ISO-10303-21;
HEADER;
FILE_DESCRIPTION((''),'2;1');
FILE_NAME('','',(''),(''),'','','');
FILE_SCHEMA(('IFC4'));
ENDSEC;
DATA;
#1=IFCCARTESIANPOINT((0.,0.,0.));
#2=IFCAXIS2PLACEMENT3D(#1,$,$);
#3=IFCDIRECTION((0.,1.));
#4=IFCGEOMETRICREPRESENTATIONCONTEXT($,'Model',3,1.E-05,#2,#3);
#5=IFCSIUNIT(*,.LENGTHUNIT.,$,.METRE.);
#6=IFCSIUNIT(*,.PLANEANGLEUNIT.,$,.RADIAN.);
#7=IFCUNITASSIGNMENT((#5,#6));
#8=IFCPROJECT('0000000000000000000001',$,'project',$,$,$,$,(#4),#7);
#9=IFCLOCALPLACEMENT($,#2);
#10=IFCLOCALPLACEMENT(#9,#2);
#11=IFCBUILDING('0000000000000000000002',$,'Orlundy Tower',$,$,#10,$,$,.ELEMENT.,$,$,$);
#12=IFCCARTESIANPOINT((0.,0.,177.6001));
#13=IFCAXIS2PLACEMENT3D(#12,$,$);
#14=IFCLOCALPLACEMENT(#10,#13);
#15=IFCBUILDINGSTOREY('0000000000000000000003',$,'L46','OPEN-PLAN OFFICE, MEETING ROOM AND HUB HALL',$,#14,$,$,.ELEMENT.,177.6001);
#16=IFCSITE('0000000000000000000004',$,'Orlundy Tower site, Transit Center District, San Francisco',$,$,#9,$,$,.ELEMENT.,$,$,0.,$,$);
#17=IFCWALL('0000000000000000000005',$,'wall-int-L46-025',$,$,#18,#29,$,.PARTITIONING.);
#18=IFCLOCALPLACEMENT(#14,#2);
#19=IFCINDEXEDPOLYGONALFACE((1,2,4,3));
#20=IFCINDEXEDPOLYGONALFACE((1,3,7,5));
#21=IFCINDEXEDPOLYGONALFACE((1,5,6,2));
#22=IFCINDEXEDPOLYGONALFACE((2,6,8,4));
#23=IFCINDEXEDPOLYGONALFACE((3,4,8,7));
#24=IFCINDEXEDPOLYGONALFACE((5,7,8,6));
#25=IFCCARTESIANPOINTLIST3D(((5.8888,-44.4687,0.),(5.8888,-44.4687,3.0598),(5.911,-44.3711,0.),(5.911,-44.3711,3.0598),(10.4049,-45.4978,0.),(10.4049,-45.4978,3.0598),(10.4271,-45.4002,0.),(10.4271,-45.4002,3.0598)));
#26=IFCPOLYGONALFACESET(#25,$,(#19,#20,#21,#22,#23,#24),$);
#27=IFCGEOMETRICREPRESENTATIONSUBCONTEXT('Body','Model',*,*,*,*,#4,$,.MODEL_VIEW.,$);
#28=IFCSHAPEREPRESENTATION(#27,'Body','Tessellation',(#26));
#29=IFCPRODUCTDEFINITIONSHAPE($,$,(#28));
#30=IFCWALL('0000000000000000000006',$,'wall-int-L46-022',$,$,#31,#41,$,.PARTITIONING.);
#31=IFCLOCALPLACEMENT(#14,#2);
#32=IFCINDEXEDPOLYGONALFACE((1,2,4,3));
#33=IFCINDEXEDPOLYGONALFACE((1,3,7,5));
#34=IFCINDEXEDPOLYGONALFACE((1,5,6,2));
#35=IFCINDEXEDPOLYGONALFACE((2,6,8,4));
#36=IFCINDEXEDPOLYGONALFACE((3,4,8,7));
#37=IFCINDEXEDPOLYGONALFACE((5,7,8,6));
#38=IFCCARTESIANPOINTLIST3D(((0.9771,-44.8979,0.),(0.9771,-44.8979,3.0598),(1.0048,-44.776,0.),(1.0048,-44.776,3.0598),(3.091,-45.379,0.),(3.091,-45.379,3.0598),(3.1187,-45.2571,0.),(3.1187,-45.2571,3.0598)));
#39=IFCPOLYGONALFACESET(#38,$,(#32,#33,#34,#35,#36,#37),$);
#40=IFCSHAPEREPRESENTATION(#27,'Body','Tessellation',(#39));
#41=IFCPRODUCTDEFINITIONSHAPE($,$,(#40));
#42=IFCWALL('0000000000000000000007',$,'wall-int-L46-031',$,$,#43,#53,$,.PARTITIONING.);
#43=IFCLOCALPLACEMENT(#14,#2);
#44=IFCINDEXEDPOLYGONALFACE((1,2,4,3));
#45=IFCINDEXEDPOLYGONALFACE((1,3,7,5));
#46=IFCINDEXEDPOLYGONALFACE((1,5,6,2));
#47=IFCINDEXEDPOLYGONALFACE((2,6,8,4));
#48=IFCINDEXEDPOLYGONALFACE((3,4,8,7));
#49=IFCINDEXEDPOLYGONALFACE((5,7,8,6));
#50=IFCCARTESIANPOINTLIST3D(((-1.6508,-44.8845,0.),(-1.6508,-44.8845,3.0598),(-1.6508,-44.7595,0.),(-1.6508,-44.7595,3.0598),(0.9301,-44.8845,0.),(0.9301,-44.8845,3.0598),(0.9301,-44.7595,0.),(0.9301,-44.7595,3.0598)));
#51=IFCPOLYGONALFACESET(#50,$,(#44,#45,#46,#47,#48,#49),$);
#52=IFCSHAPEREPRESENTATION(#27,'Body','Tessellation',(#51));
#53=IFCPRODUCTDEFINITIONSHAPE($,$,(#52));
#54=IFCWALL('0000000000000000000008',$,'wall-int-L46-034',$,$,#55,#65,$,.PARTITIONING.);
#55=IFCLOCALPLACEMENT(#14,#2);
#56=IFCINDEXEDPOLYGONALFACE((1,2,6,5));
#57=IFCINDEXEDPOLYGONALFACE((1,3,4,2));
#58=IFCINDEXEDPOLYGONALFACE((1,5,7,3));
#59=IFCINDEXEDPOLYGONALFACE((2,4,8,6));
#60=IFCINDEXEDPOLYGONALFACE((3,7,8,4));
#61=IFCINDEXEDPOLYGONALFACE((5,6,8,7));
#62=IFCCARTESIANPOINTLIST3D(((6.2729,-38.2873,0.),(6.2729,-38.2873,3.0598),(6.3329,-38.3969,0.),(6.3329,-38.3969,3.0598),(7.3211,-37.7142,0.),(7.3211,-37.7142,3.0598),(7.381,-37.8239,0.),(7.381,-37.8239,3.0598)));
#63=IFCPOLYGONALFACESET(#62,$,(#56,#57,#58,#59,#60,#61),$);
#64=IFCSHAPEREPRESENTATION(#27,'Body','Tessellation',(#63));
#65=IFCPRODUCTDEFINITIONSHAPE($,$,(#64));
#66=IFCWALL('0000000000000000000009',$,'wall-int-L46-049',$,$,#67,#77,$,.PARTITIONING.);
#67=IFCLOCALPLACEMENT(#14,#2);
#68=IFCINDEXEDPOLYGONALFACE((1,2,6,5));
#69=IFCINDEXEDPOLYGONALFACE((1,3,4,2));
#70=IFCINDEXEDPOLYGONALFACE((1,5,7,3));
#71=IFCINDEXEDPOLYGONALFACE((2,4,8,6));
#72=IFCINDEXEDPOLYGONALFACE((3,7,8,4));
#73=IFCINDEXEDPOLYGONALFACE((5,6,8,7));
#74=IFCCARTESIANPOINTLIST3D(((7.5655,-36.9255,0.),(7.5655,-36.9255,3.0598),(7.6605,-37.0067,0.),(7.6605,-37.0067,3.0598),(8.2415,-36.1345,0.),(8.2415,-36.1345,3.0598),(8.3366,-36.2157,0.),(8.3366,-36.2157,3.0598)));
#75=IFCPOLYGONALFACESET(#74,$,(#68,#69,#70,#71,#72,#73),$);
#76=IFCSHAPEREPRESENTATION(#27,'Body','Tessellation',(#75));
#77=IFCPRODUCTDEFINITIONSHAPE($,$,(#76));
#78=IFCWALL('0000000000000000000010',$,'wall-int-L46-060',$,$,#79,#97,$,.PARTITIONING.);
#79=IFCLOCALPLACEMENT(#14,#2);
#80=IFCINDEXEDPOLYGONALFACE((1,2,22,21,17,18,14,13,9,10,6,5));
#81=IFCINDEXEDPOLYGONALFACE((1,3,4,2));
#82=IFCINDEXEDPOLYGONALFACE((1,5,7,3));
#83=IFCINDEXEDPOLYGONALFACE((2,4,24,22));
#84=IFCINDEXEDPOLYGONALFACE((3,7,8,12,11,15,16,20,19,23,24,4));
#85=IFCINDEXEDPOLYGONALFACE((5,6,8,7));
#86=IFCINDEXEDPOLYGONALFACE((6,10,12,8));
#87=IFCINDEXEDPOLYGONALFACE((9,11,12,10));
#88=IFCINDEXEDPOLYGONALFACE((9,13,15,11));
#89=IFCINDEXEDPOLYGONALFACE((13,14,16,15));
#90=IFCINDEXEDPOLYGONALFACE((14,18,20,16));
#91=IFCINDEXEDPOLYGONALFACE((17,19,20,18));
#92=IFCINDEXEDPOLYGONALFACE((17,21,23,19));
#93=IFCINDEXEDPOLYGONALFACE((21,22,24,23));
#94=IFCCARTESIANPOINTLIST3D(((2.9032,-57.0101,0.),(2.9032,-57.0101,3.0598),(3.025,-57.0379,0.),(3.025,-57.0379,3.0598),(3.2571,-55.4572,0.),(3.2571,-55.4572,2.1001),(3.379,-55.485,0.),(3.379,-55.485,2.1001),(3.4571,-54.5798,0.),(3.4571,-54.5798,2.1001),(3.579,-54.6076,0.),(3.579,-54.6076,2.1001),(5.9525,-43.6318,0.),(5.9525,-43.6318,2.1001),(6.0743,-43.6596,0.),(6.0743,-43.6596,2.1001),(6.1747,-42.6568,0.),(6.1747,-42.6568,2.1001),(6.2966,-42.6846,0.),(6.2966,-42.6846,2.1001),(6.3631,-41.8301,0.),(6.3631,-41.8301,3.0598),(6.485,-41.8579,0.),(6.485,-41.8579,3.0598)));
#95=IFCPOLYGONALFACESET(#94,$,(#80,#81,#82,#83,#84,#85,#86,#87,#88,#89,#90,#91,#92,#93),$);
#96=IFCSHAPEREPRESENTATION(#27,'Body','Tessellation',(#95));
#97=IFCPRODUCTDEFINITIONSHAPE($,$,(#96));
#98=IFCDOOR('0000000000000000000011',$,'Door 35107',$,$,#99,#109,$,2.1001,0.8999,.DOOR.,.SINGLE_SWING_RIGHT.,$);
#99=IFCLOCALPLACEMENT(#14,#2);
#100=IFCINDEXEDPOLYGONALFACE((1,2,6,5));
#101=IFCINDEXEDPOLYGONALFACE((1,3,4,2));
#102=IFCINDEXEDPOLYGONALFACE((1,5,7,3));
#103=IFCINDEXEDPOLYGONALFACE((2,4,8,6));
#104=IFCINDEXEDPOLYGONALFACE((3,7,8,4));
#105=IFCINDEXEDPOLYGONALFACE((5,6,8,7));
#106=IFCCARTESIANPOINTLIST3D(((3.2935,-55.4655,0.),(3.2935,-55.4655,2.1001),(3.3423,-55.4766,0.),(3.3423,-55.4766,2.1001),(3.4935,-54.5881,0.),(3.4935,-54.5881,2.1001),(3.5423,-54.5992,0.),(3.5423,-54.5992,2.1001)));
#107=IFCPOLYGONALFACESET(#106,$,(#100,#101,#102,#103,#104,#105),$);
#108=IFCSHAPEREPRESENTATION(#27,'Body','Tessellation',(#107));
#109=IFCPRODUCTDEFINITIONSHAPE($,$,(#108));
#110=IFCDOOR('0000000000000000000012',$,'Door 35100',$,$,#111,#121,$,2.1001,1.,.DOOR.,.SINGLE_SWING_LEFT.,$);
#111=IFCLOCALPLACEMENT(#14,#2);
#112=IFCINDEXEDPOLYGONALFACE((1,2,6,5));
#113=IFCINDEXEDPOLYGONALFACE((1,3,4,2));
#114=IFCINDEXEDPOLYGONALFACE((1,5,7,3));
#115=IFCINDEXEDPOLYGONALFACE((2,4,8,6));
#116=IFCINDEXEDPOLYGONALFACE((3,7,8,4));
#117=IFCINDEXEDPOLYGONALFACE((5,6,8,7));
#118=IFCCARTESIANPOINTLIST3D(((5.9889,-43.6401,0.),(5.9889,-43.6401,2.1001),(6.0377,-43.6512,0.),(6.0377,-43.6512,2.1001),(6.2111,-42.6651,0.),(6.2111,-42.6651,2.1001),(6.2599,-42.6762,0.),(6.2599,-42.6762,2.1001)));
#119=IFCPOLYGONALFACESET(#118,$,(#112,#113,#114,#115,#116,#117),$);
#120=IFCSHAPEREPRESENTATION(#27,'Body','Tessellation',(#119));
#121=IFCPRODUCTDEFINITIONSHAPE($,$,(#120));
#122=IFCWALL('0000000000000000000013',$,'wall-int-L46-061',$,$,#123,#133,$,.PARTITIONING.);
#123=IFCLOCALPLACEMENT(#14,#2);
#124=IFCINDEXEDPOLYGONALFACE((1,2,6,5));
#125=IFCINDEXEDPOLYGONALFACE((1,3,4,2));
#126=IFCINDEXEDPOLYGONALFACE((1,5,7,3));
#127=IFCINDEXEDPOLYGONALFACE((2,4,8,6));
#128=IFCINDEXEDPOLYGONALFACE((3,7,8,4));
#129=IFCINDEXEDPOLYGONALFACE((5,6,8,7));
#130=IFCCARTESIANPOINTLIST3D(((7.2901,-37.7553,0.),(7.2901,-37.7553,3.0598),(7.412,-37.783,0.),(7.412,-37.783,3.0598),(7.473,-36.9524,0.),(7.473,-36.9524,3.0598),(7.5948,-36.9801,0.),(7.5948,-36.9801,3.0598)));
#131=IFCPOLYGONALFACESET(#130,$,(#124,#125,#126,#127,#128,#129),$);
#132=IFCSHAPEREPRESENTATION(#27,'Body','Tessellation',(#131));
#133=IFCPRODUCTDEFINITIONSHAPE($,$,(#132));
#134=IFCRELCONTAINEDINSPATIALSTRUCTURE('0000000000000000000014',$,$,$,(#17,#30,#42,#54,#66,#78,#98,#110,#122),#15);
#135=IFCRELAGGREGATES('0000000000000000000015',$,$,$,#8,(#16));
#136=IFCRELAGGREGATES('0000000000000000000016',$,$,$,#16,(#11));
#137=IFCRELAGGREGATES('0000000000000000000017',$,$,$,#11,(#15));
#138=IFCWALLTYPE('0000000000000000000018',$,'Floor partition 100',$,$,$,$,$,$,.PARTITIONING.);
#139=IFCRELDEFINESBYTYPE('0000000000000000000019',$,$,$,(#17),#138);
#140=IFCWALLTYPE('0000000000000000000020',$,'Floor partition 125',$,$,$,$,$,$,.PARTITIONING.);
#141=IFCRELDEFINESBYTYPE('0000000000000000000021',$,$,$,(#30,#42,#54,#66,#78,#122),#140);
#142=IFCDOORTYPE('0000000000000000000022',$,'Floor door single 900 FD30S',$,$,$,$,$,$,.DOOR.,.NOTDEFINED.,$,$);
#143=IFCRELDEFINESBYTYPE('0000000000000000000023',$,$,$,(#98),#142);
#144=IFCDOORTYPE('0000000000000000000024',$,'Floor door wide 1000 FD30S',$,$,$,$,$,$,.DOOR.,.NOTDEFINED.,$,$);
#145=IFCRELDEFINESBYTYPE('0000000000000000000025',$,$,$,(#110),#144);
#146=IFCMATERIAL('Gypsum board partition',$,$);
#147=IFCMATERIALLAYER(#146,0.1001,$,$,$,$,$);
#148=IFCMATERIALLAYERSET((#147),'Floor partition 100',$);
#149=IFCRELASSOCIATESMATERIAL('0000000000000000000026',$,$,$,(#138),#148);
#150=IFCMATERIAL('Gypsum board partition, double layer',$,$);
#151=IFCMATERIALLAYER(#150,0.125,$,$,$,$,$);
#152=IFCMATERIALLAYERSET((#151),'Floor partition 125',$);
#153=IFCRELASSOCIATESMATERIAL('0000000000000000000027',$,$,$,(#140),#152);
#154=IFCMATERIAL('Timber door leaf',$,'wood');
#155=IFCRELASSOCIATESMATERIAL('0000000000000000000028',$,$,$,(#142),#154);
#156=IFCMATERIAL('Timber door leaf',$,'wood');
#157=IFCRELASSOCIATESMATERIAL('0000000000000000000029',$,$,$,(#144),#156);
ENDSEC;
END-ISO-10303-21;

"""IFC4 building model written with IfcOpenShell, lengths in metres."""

from ifc_helpers import new_model, si_unit, direction, frame, frame_2d, origin, place, context, subcontext, project, spatial, rectangle, extrude, material, layer, layer_set, type_object, element, fill, save


model = new_model("IFC4")

# Units and contexts
model_context = context("Model", 3, precision=1e-05, world=origin(), true_north=direction((0.0, 1.0)))
body_context = subcontext(model_context, "Body", "Model", "MODEL_VIEW")
ifc_project = project(units=[si_unit("LENGTHUNIT", "METRE"), si_unit("PLANEANGLEUNIT", "RADIAN")], contexts=[model_context])

# Site, building, storey
site_placement = place(None, origin())
site = spatial("IfcSite", under=ifc_project, at=site_placement, Name="Orlundy Tower site, Transit Center District, San Francisco", CompositionType="ELEMENT", RefElevation=0.0)
building_placement = place(site_placement, origin())
building = spatial("IfcBuilding", under=site, at=building_placement, Name="Orlundy Tower", CompositionType="ELEMENT")
storey_placement = place(building_placement, frame((0.0, 0.0, 177.6001)))
storey = spatial("IfcBuildingStorey", under=building, at=storey_placement, Name="L46", Description="OPEN-PLAN OFFICE, MEETING ROOM AND HUB HALL", CompositionType="ELEMENT", Elevation=177.6001)

# Walls
ifc_material_1 = material(Name="Gypsum board partition")
ifc_layer_1 = layer(ifc_material_1, 0.1001)
ifc_layer_set_1 = layer_set([ifc_layer_1], Name="Floor partition 100")
wall_type_1 = type_object("IfcWallType", Name="Floor partition 100", PredefinedType="PARTITIONING", material=ifc_layer_set_1)
wall_1_placement = place(storey_placement, frame((5.8999, -44.4199, 0.0), z_axis=(0.0, 0.0, 1.0), x_axis=(0.975008, -0.222168, 0.0)))
element("IfcWall", 1, at=wall_1_placement, inside=storey, type_object=wall_type_1, Name="wall-int-L46-025", PredefinedType="PARTITIONING", context=body_context, shape_type="SweptSolid", body=[
    extrude(rectangle(XDim=4.6318, YDim=0.1001, at=frame_2d((2.3159, 0.0))), origin(), (0.0, 0.0, 1.0), 3.0598),
])
ifc_material_2 = material(Name="Gypsum board partition, double layer")
ifc_layer_2 = layer(ifc_material_2, 0.125)
ifc_layer_set_2 = layer_set([ifc_layer_2], Name="Floor partition 125")
wall_type_2 = type_object("IfcWallType", Name="Floor partition 125", PredefinedType="PARTITIONING", material=ifc_layer_set_2)
wall_2_placement = place(storey_placement, frame((0.991, -44.8369, 0.0), z_axis=(0.0, 0.0, 1.0), x_axis=(0.975059, -0.221947, 0.0)))
element("IfcWall", 2, at=wall_2_placement, inside=storey, type_object=wall_type_2, Name="wall-int-L46-022", PredefinedType="PARTITIONING", context=body_context, shape_type="SweptSolid", body=[
    extrude(rectangle(XDim=2.168, YDim=0.125, at=frame_2d((1.084, 0.0))), origin(), (0.0, 0.0, 1.0), 3.0598),
])
wall_3_placement = place(storey_placement, frame((-1.6509, -44.822, 0.0), z_axis=(0.0, 0.0, 1.0), x_axis=(1.0, 0.0, 0.0)))
element("IfcWall", 3, at=wall_3_placement, inside=storey, type_object=wall_type_2, Name="wall-int-L46-031", PredefinedType="PARTITIONING", context=body_context, shape_type="SweptSolid", body=[
    extrude(rectangle(XDim=2.5808, YDim=0.125, at=frame_2d((1.2905, 0.0))), origin(), (0.0, 0.0, 1.0), 3.0598),
])
wall_4_placement = place(storey_placement, frame((6.303, -38.342, 0.0), z_axis=(0.0, 0.0, 1.0), x_axis=(0.877434, 0.479697, 0.0)))
element("IfcWall", 4, at=wall_4_placement, inside=storey, type_object=wall_type_2, Name="wall-int-L46-034", PredefinedType="PARTITIONING", context=body_context, shape_type="SweptSolid", body=[
    extrude(rectangle(XDim=1.1946, YDim=0.125, at=frame_2d((0.5972, 0.0))), origin(), (0.0, 0.0, 1.0), 3.0598),
])
wall_5_placement = place(storey_placement, frame((7.613, -36.9661, 0.0), z_axis=(0.0, 0.0, 1.0), x_axis=(0.649689, 0.7602, 0.0)))
element("IfcWall", 5, at=wall_5_placement, inside=storey, type_object=wall_type_2, Name="wall-int-L46-049", PredefinedType="PARTITIONING", context=body_context, shape_type="SweptSolid", body=[
    extrude(rectangle(XDim=1.0405, YDim=0.125, at=frame_2d((0.5203, 0.0))), origin(), (0.0, 0.0, 1.0), 3.0598),
])

# Wall, openings, doors
wall_6_placement = place(storey_placement, frame((6.4241, -41.844, 0.0), z_axis=(0.0, 0.0, 1.0), x_axis=(-0.22223, -0.974994, 0.0)))
wall_6 = element("IfcWall", 6, at=wall_6_placement, inside=storey, type_object=wall_type_2, Name="wall-int-L46-060", PredefinedType="PARTITIONING", context=body_context, shape_type="SweptSolid", body=[
    extrude(rectangle(XDim=15.5693, YDim=0.125, at=frame_2d((7.7847, 0.0))), origin(), (0.0, 0.0, 1.0), 3.0598),
])
opening_1_placement = place(wall_6_placement, frame((0.8479, 0.0, 0.0)))
opening_1 = element("IfcOpeningElement", 7, at=opening_1_placement, cuts=wall_6, PredefinedType="OPENING", context=body_context, shape_type="SweptSolid", body=[
    extrude(rectangle(XDim=1.0, YDim=2.1001, at=frame_2d((0.5, 1.05))), frame((0.0, 0.0725, 0.0), z_axis=(0.0, -1.0, 0.0), x_axis=(1.0, 0.0, 0.0)), (0.0, 0.0, 1.0), 0.145),
])
opening_2_placement = place(wall_6_placement, frame((13.0767, 0.0, 0.0)))
opening_2 = element("IfcOpeningElement", 8, at=opening_2_placement, cuts=wall_6, PredefinedType="OPENING", context=body_context, shape_type="SweptSolid", body=[
    extrude(rectangle(XDim=0.8999, YDim=2.1001, at=frame_2d((0.45, 1.05))), frame((0.0, 0.0725, 0.0), z_axis=(0.0, -1.0, 0.0), x_axis=(1.0, 0.0, 0.0)), (0.0, 0.0, 1.0), 0.145),
])
ifc_material_3 = material(Name="Timber door leaf", Category="wood")
door_type_1 = type_object("IfcDoorType", Name="Floor door single 900 FD30S", OperationType="NOTDEFINED", PredefinedType="DOOR", material=ifc_material_3)
door_1_placement = place(opening_2_placement, origin())
door_1 = element("IfcDoor", 9, at=door_1_placement, inside=storey, type_object=door_type_1, Name="Door 35107", OperationType="SINGLE_SWING_RIGHT", OverallHeight=2.1001, OverallWidth=0.8999, PredefinedType="DOOR", context=body_context, shape_type="SweptSolid", body=[
    extrude(rectangle(XDim=0.8999, YDim=2.1001, at=frame_2d((0.45, 1.05))), frame((0.0, 0.0249, 0.0), z_axis=(0.0, -1.0, 0.0), x_axis=(1.0, 0.0, 0.0)), (0.0, 0.0, 1.0), 0.05),
])
fill(opening_2, door_1)
ifc_material_4 = material(Name="Timber door leaf", Category="wood")
door_type_2 = type_object("IfcDoorType", Name="Floor door wide 1000 FD30S", OperationType="NOTDEFINED", PredefinedType="DOOR", material=ifc_material_4)
door_2_placement = place(opening_1_placement, origin())
door_2 = element("IfcDoor", 10, at=door_2_placement, inside=storey, type_object=door_type_2, Name="Door 35100", OperationType="SINGLE_SWING_LEFT", OverallHeight=2.1001, OverallWidth=1.0, PredefinedType="DOOR", context=body_context, shape_type="SweptSolid", body=[
    extrude(rectangle(XDim=1.0, YDim=2.1001, at=frame_2d((0.5, 1.05))), frame((0.0, 0.0249, 0.0), z_axis=(0.0, -1.0, 0.0), x_axis=(1.0, 0.0, 0.0)), (0.0, 0.0, 1.0), 0.05),
])
fill(opening_1, door_2)

# Wall
wall_7_placement = place(storey_placement, frame((7.3511, -37.769, 0.0), z_axis=(0.0, 0.0, 1.0), x_axis=(0.222044, 0.975037, 0.0)))
element("IfcWall", 11, at=wall_7_placement, inside=storey, type_object=wall_type_2, Name="wall-int-L46-061", PredefinedType="PARTITIONING", context=body_context, shape_type="SweptSolid", body=[
    extrude(rectangle(XDim=0.8235, YDim=0.125, at=frame_2d((0.4116, 0.0))), origin(), (0.0, 0.0, 1.0), 3.0598),
])

save(model, "model.ifc")
